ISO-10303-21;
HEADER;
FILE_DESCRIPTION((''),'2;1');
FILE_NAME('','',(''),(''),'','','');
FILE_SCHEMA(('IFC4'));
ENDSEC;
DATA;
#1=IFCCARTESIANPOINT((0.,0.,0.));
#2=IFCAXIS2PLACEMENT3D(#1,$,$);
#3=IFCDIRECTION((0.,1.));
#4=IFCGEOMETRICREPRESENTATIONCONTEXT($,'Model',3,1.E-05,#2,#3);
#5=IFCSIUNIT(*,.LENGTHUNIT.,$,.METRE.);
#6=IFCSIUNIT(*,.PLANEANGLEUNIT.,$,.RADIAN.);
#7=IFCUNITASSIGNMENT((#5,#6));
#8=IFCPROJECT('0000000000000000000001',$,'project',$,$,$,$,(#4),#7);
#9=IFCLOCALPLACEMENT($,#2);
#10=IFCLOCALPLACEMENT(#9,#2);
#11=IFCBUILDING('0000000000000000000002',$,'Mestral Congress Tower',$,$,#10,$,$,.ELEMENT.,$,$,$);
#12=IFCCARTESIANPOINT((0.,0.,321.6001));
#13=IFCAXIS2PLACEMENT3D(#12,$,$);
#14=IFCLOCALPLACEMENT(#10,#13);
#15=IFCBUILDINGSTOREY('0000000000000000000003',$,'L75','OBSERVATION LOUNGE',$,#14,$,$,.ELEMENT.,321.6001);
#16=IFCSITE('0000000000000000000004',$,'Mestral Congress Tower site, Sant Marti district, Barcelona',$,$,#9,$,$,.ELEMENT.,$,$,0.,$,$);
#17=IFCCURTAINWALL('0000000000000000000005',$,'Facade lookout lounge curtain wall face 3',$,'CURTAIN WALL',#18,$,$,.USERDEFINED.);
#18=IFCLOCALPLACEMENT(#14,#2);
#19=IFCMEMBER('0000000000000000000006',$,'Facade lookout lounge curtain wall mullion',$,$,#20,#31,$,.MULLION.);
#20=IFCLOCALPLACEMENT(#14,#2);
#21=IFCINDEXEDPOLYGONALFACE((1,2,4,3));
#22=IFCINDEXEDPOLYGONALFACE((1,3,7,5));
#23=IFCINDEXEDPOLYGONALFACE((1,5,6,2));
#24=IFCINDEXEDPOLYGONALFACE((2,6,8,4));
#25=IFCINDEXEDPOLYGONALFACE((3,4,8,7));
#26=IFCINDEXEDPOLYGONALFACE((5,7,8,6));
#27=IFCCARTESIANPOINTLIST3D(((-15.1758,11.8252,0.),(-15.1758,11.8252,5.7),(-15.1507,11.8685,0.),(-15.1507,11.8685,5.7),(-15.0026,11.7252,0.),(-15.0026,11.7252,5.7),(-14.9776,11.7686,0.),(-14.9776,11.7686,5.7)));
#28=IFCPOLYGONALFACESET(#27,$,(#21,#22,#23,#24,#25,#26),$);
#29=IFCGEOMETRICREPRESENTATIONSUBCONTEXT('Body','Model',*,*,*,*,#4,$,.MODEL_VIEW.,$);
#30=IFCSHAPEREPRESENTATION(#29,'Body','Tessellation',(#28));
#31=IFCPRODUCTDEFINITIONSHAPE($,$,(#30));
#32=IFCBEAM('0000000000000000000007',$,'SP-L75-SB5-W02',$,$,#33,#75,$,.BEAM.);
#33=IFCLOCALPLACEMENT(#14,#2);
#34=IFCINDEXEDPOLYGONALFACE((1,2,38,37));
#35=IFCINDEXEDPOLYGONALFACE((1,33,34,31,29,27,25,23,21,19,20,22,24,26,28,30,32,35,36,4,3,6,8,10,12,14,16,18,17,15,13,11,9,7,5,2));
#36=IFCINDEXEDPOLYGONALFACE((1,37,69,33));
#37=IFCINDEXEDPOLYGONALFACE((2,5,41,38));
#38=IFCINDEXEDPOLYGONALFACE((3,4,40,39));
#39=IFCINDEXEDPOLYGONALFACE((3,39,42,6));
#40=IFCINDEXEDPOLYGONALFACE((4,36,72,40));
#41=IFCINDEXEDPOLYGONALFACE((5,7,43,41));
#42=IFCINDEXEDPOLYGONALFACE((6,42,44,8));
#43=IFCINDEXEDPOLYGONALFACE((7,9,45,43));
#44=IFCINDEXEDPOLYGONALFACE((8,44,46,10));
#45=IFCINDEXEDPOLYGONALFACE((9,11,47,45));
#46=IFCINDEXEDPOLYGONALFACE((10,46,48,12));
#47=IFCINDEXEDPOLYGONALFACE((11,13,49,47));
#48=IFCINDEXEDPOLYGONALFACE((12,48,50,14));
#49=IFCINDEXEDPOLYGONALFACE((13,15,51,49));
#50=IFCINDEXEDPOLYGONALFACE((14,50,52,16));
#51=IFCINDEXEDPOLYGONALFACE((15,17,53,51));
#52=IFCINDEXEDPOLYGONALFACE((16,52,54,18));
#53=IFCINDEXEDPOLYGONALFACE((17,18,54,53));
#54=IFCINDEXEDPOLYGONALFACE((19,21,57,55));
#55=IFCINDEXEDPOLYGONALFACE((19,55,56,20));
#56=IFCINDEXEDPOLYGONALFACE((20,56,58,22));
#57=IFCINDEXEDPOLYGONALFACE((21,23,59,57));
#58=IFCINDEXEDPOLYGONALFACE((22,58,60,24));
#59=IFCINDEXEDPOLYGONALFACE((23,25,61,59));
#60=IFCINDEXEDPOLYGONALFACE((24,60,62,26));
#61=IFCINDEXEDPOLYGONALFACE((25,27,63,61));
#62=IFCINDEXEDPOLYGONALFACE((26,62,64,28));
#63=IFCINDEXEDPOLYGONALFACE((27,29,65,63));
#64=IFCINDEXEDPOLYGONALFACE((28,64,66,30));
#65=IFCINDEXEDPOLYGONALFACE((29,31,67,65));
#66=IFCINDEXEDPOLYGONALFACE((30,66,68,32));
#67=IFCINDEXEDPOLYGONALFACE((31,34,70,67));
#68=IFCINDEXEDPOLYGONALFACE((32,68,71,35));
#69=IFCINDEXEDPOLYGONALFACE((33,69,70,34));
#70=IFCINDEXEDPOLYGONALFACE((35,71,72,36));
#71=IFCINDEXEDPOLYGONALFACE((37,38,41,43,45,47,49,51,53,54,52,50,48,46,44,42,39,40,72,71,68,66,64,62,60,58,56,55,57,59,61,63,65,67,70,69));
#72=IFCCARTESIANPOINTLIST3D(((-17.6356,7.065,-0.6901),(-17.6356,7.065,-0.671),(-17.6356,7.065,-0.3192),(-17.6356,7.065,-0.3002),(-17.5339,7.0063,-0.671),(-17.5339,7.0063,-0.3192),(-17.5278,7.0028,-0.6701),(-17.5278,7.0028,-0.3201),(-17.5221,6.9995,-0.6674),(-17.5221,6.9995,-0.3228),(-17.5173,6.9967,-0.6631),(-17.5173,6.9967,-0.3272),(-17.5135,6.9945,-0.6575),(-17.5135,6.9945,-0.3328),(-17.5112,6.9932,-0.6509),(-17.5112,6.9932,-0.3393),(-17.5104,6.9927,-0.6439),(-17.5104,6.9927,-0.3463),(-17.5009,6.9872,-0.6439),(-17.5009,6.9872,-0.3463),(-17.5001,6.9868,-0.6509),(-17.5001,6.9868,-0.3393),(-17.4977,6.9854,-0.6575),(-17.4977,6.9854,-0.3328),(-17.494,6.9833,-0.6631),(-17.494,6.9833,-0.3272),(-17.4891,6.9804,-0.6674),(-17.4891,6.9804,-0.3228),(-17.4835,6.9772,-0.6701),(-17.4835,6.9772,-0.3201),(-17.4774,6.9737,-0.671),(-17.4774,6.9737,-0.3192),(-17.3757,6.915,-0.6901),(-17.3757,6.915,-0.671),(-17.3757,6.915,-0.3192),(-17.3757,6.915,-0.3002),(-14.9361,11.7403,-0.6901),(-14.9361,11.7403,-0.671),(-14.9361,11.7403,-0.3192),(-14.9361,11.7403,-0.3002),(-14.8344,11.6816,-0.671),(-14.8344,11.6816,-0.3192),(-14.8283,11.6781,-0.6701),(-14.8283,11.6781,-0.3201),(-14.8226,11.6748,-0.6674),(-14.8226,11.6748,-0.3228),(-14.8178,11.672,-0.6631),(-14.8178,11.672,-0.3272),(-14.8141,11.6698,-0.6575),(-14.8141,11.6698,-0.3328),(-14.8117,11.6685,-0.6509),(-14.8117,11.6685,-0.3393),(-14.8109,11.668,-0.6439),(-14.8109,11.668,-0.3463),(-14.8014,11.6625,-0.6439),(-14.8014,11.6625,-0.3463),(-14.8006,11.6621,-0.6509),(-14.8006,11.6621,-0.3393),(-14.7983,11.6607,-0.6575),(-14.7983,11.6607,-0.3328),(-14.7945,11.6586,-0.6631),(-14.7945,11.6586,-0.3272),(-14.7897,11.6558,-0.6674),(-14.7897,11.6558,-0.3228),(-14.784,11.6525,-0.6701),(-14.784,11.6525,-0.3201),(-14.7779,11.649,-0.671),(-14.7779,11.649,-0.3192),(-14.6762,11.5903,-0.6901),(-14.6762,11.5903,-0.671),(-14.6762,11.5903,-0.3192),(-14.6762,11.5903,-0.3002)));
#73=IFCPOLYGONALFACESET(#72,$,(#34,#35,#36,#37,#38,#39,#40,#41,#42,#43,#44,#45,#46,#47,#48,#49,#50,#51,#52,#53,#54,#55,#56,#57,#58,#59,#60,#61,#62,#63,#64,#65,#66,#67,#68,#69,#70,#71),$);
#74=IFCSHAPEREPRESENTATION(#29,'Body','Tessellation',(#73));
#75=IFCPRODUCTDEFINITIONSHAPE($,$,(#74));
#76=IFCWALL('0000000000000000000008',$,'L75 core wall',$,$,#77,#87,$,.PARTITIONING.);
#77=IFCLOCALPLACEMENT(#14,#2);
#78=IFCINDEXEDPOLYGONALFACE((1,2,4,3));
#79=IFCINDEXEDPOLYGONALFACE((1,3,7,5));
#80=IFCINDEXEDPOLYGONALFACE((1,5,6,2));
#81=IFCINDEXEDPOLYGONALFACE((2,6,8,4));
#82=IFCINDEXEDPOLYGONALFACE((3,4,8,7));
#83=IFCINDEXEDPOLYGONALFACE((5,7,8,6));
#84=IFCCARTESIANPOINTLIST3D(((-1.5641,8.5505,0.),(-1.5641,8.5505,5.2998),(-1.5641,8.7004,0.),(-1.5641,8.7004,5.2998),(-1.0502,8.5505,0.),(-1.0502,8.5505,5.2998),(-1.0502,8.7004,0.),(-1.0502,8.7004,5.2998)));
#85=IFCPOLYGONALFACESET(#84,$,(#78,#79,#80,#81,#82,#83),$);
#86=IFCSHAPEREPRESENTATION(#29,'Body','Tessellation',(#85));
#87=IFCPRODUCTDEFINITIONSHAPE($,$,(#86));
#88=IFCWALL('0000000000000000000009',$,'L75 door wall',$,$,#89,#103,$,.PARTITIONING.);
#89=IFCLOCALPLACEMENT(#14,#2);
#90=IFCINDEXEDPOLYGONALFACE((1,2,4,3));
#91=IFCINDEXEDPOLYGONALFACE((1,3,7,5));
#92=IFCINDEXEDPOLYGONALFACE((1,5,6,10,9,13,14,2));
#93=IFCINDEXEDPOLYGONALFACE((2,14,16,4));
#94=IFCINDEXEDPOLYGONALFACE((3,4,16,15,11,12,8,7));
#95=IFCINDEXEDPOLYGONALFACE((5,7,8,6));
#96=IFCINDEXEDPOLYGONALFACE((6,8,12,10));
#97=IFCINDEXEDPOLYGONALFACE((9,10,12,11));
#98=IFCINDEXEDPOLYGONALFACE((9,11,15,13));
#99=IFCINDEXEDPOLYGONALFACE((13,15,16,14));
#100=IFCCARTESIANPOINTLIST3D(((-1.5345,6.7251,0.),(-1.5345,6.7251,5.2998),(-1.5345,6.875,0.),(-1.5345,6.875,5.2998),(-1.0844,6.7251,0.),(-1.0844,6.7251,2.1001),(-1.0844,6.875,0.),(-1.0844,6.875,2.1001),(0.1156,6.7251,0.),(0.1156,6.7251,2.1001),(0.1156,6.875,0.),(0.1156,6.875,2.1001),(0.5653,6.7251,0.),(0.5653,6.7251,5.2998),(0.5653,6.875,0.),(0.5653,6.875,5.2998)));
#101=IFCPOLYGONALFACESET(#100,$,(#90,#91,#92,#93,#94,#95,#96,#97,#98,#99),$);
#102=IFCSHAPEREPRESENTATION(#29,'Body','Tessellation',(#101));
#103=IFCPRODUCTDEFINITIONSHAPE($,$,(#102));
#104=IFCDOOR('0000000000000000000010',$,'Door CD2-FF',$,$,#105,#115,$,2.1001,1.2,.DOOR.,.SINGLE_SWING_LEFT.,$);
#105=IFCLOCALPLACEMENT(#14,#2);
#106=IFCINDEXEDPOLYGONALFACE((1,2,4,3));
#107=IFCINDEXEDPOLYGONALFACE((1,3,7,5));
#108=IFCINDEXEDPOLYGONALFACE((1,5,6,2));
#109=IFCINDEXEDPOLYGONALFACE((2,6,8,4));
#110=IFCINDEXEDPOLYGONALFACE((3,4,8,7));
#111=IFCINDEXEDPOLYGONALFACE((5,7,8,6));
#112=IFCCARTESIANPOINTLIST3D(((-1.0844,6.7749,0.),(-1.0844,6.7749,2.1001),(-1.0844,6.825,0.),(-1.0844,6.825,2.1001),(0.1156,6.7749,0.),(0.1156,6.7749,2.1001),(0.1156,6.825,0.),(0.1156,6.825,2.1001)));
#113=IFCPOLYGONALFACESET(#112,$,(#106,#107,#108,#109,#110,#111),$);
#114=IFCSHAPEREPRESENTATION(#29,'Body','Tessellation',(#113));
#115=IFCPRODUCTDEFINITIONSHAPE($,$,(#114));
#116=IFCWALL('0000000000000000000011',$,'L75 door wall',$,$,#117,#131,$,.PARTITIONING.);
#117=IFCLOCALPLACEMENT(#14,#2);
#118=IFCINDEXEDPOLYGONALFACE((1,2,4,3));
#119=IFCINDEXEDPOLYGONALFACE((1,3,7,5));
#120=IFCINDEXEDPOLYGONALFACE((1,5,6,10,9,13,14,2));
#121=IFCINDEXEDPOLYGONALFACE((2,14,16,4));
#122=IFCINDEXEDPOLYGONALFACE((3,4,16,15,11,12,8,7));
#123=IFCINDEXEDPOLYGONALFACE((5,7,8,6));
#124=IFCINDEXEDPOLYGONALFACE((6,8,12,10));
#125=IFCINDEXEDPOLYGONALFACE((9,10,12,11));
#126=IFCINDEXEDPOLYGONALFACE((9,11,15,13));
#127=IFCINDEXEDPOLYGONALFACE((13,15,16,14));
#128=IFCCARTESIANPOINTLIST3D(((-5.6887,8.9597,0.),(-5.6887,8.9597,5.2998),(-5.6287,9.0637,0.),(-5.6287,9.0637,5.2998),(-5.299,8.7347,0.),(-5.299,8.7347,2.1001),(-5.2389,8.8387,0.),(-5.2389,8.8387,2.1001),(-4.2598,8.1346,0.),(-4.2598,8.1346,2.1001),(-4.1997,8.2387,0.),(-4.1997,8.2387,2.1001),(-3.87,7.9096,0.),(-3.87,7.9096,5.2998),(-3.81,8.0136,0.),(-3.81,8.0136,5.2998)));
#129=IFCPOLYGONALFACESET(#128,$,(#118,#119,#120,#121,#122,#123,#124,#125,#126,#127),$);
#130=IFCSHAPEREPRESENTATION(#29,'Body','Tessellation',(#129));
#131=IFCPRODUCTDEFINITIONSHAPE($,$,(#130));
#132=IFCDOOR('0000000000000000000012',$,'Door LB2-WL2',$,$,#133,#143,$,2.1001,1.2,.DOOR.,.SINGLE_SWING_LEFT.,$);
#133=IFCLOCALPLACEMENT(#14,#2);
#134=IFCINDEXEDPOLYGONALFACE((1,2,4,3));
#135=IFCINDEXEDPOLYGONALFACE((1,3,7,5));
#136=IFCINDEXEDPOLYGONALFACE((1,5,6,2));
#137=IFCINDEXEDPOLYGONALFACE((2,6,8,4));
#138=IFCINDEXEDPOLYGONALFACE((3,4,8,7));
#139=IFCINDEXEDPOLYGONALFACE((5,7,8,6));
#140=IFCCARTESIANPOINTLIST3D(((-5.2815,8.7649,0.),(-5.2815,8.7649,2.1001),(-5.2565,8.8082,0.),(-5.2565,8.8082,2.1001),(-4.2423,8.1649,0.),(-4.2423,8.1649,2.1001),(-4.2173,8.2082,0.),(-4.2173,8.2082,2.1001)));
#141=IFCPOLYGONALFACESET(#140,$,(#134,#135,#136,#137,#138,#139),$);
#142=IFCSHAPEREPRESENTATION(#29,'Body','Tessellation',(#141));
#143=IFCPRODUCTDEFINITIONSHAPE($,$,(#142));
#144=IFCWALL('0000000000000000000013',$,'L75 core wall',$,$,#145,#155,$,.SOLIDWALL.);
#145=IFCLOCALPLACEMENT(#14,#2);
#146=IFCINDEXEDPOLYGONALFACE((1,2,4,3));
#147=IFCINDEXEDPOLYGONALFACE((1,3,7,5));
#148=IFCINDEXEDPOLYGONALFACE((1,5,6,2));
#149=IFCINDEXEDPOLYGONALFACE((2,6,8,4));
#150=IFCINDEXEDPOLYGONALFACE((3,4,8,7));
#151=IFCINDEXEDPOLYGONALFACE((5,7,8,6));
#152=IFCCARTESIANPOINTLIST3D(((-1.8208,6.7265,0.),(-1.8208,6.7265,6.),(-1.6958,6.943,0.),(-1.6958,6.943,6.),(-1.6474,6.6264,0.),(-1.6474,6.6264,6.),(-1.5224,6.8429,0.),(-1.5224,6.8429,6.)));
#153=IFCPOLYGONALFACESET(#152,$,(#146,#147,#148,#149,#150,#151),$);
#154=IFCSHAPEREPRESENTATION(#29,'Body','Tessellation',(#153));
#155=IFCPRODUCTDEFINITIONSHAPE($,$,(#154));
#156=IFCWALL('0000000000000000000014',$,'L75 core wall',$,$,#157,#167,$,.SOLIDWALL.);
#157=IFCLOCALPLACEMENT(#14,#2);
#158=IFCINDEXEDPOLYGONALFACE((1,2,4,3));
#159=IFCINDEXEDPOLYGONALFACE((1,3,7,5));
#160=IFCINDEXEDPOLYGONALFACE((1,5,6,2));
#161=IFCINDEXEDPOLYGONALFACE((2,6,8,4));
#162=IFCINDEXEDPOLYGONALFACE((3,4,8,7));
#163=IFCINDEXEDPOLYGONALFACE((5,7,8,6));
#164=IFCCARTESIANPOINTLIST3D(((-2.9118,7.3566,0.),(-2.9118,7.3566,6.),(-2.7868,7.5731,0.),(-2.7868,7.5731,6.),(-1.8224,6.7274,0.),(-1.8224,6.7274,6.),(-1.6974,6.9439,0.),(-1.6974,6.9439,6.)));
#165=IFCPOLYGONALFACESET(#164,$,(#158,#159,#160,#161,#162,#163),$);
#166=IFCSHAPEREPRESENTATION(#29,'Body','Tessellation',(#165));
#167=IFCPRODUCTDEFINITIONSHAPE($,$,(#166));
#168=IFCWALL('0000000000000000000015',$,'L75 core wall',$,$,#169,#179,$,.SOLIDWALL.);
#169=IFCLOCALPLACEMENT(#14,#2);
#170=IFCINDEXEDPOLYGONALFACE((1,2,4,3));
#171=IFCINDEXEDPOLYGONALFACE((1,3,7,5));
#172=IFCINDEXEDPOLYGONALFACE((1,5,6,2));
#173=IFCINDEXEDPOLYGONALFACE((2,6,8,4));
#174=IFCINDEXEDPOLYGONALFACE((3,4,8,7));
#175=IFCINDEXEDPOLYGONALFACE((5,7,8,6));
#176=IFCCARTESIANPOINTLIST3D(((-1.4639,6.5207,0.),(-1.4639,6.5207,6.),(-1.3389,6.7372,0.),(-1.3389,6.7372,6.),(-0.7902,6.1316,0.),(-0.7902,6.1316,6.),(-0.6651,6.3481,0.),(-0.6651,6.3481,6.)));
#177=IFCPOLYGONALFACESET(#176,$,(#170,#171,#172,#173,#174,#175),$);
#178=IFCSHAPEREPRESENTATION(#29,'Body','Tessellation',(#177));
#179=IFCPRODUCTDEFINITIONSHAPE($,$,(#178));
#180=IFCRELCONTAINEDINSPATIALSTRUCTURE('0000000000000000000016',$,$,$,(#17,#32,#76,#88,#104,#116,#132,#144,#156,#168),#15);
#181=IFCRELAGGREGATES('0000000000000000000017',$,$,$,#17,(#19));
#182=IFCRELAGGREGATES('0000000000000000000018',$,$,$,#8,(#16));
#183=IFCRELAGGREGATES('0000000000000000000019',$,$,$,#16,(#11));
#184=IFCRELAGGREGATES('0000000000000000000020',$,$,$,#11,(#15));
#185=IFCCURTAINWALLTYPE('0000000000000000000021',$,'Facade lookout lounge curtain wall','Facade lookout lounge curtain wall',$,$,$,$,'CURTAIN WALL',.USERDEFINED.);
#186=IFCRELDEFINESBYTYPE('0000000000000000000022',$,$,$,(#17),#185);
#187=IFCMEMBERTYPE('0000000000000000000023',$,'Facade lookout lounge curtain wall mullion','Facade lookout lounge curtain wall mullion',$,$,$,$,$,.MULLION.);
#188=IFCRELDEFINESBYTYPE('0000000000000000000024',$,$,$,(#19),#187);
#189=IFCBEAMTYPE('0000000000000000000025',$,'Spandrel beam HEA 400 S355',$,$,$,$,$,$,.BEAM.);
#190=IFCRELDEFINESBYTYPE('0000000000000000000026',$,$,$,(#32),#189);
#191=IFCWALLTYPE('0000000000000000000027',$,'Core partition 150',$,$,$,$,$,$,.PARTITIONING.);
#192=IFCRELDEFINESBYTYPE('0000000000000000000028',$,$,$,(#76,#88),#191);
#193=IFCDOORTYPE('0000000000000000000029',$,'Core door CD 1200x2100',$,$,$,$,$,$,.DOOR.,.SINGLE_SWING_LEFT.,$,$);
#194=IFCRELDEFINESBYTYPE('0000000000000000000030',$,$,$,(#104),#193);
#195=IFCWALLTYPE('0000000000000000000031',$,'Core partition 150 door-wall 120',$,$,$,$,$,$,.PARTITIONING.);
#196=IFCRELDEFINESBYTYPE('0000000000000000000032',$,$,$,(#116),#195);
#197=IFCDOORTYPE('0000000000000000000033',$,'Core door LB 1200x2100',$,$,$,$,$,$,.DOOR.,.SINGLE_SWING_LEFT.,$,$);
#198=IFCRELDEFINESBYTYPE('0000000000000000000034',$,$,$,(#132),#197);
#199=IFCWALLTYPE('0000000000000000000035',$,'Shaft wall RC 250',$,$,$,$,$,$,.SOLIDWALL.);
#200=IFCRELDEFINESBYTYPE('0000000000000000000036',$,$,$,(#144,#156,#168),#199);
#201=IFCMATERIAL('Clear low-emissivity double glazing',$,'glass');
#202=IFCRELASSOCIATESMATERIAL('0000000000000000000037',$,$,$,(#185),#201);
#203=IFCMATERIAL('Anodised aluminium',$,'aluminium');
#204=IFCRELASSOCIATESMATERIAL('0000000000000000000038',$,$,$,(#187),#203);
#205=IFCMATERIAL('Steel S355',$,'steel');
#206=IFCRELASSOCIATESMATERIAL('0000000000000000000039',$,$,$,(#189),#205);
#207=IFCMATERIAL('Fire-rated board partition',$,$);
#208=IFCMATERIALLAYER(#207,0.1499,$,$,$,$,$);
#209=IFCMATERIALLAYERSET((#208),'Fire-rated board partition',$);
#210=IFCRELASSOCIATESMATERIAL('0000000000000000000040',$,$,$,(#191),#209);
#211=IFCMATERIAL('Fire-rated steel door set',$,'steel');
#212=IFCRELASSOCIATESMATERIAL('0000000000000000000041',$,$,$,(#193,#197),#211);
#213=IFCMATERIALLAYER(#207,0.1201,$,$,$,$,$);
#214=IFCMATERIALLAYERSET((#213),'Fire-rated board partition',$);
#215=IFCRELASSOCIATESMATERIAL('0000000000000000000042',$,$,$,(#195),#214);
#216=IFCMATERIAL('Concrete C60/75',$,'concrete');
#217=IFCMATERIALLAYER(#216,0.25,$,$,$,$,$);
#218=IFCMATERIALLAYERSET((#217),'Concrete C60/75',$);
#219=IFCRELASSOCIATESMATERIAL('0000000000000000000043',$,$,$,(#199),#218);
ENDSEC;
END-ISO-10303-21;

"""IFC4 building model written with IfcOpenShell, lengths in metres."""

from ifc_helpers import new_model, si_unit, direction, frame, frame_2d, origin, origin_2d, place, context, subcontext, project, spatial, rectangle, i_section, extrude, material, layer, layer_set, material_profile, profile_set, type_object, element, fill, aggregate, save


model = new_model("IFC4")

# Units and contexts
model_context = context("Model", 3, precision=1e-05, world=origin(), true_north=direction((0.0, 1.0)))
body_context = subcontext(model_context, "Body", "Model", "MODEL_VIEW")
ifc_project = project(units=[si_unit("LENGTHUNIT", "METRE"), si_unit("PLANEANGLEUNIT", "RADIAN")], contexts=[model_context])

# Site, building, storey
site_placement = place(None, origin())
site = spatial("IfcSite", under=ifc_project, at=site_placement, Name="Mestral Congress Tower site, Sant Marti district, Barcelona", CompositionType="ELEMENT", RefElevation=0.0)
building_placement = place(site_placement, origin())
building = spatial("IfcBuilding", under=site, at=building_placement, Name="Mestral Congress Tower", CompositionType="ELEMENT")
storey_placement = place(building_placement, frame((0.0, 0.0, 321.6001)))
storey = spatial("IfcBuildingStorey", under=building, at=storey_placement, Name="L75", Description="OBSERVATION LOUNGE", CompositionType="ELEMENT", Elevation=321.6001)

# Curtain wall, member
ifc_material_1 = material(Name="Clear low-emissivity double glazing", Category="glass")
curtain_wall_type = type_object("IfcCurtainWallType", Name="Facade lookout lounge curtain wall", Description="Facade lookout lounge curtain wall", ElementType="CURTAIN WALL", PredefinedType="USERDEFINED", material=ifc_material_1)
curtain_wall_placement = place(storey_placement, origin())
curtain_wall = element("IfcCurtainWall", 1, at=curtain_wall_placement, inside=storey, type_object=curtain_wall_type, Name="Facade lookout lounge curtain wall face 3", ObjectType="CURTAIN WALL", PredefinedType="USERDEFINED")
ifc_material_2 = material(Name="Anodised aluminium", Category="aluminium")
ifc_material_profile_1 = material_profile(ifc_material_2, rectangle(XDim=0.2, YDim=0.05, at=origin_2d()), Name="CW2 mullion 200 x 50")
ifc_profile_set_1 = profile_set([ifc_material_profile_1], Name="Anodised aluminium")
member_type = type_object("IfcMemberType", Name="Facade lookout lounge curtain wall mullion", Description="Facade lookout lounge curtain wall mullion", PredefinedType="MULLION", material=ifc_profile_set_1)
member_placement = place(storey_placement, frame((-15.0767, 11.7969, 0.0), z_axis=(0.0, 0.0, 1.0), x_axis=(-0.866022, 0.500006, 0.0)))
member = element("IfcMember", 2, at=member_placement, type_object=member_type, Name="Facade lookout lounge curtain wall mullion", PredefinedType="MULLION", context=body_context, shape_type="SweptSolid", body=[
    extrude(rectangle(XDim=0.2, YDim=0.05, at=origin_2d()), origin(), (0.0, 0.0, 1.0), 5.7),
])
aggregate(curtain_wall, [member])

# Beam
ifc_material_3 = material(Name="Steel S355", Category="steel")
ifc_material_profile_2 = material_profile(ifc_material_3, i_section(OverallWidth=0.3, OverallDepth=0.3899, WebThickness=0.011, FlangeThickness=0.019, FilletRadius=0.0271, at=origin_2d()), Name="HEA 400")
ifc_profile_set_2 = profile_set([ifc_material_profile_2], Name="Steel S355")
beam_type = type_object("IfcBeamType", Name="Spandrel beam HEA 400 S355", PredefinedType="BEAM", material=ifc_profile_set_2)
beam_placement = place(storey_placement, frame((-14.8062, 11.6653, -0.4951), z_axis=(-0.500025, -0.866011, 0.0), x_axis=(0.866011, -0.500025, 0.0)))
element("IfcBeam", 3, at=beam_placement, inside=storey, type_object=beam_type, Name="SP-L75-SB5-W02", PredefinedType="BEAM", context=body_context, shape_type="SweptSolid", body=[
    extrude(i_section(OverallWidth=0.3, OverallDepth=0.3899, WebThickness=0.011, FlangeThickness=0.019, FilletRadius=0.0271, at=origin_2d()), origin(), (0.0, 0.0, 1.0), 5.3987),
])

# Wall
ifc_material_4 = material(Name="Fire-rated board partition")
ifc_layer_1 = layer(ifc_material_4, 0.1499)
ifc_layer_set_1 = layer_set([ifc_layer_1], Name="Fire-rated board partition")
wall_type_1 = type_object("IfcWallType", Name="Core partition 150", PredefinedType="PARTITIONING", material=ifc_layer_set_1)
wall_1_placement = place(storey_placement, frame((-1.564, 8.6255, 0.0), z_axis=(0.0, 0.0, 1.0), x_axis=(1.0, 0.0, 0.0)))
element("IfcWall", 4, at=wall_1_placement, inside=storey, type_object=wall_type_1, Name="L75 core wall", PredefinedType="PARTITIONING", context=body_context, shape_type="SweptSolid", body=[
    extrude(rectangle(XDim=0.5139, YDim=0.1499, at=frame_2d((0.2568, 0.0))), origin(), (0.0, 0.0, 1.0), 5.2998),
])

# Walls, openings, doors
wall_2_placement = place(storey_placement, frame((-1.5344, 6.8, 0.0), z_axis=(0.0, 0.0, 1.0), x_axis=(1.0, 0.0, 0.0)))
wall_2 = element("IfcWall", 5, at=wall_2_placement, inside=storey, type_object=wall_type_1, Name="L75 door wall", PredefinedType="PARTITIONING", context=body_context, shape_type="SweptSolid", body=[
    extrude(rectangle(XDim=2.0999, YDim=0.1499, at=frame_2d((1.0498, 0.0))), origin(), (0.0, 0.0, 1.0), 5.2998),
])
opening_1_placement = place(wall_2_placement, frame((0.45, 0.0, 0.0)))
opening_1 = element("IfcOpeningElement", 6, at=opening_1_placement, cuts=wall_2, PredefinedType="OPENING", context=body_context, shape_type="SweptSolid", body=[
    extrude(rectangle(XDim=1.2, YDim=2.1001, at=frame_2d((0.6001, 1.05))), frame((0.0, 0.085, 0.0), z_axis=(0.0, -1.0, 0.0), x_axis=(1.0, 0.0, 0.0)), (0.0, 0.0, 1.0), 0.1699),
])
ifc_material_5 = material(Name="Fire-rated steel door set", Category="steel")
door_type_1 = type_object("IfcDoorType", Name="Core door CD 1200x2100", OperationType="SINGLE_SWING_LEFT", PredefinedType="DOOR", material=ifc_material_5)
door_1_placement = place(opening_1_placement, origin())
door_1 = element("IfcDoor", 7, at=door_1_placement, inside=storey, type_object=door_type_1, Name="Door CD2-FF", OperationType="SINGLE_SWING_LEFT", OverallHeight=2.1001, OverallWidth=1.2, PredefinedType="DOOR", context=body_context, shape_type="SweptSolid", body=[
    extrude(rectangle(XDim=1.2, YDim=2.1001, at=frame_2d((0.6001, 1.05))), frame((0.0, 0.0249, 0.0), z_axis=(0.0, -1.0, 0.0), x_axis=(1.0, 0.0, 0.0)), (0.0, 0.0, 1.0), 0.05),
])
fill(opening_1, door_1)
ifc_layer_2 = layer(ifc_material_4, 0.1201)
ifc_layer_set_2 = layer_set([ifc_layer_2], Name="Fire-rated board partition")
wall_type_2 = type_object("IfcWallType", Name="Core partition 150 door-wall 120", PredefinedType="PARTITIONING", material=ifc_layer_set_2)
wall_3_placement = place(storey_placement, frame((-5.6587, 9.0117, 0.0), z_axis=(0.0, 0.0, 1.0), x_axis=(0.866009, -0.500028, 0.0)))
wall_3 = element("IfcWall", 8, at=wall_3_placement, inside=storey, type_object=wall_type_2, Name="L75 door wall", PredefinedType="PARTITIONING", context=body_context, shape_type="SweptSolid", body=[
    extrude(rectangle(XDim=2.1001, YDim=0.1201, at=frame_2d((1.05, 0.0))), origin(), (0.0, 0.0, 1.0), 5.2998),
])
opening_2_placement = place(wall_3_placement, frame((0.45, 0.0, 0.0)))
opening_2 = element("IfcOpeningElement", 9, at=opening_2_placement, cuts=wall_3, PredefinedType="OPENING", context=body_context, shape_type="SweptSolid", body=[
    extrude(rectangle(XDim=1.2, YDim=2.1001, at=frame_2d((0.6001, 1.05))), frame((0.0, 0.0701, 0.0), z_axis=(0.0, -1.0, 0.0), x_axis=(1.0, 0.0, 0.0)), (0.0, 0.0, 1.0), 0.1401),
])
door_type_2 = type_object("IfcDoorType", Name="Core door LB 1200x2100", OperationType="SINGLE_SWING_LEFT", PredefinedType="DOOR", material=ifc_material_5)
door_2_placement = place(opening_2_placement, origin())
door_2 = element("IfcDoor", 10, at=door_2_placement, inside=storey, type_object=door_type_2, Name="Door LB2-WL2", OperationType="SINGLE_SWING_LEFT", OverallHeight=2.1001, OverallWidth=1.2, PredefinedType="DOOR", context=body_context, shape_type="SweptSolid", body=[
    extrude(rectangle(XDim=1.2, YDim=2.1001, at=frame_2d((0.6001, 1.05))), frame((0.0, 0.0249, 0.0), z_axis=(0.0, -1.0, 0.0), x_axis=(1.0, 0.0, 0.0)), (0.0, 0.0, 1.0), 0.05),
])
fill(opening_2, door_2)

# Walls
ifc_material_6 = material(Name="Concrete C60/75", Category="concrete")
ifc_layer_3 = layer(ifc_material_6, 0.25)
ifc_layer_set_3 = layer_set([ifc_layer_3], Name="Concrete C60/75")
wall_type_3 = type_object("IfcWallType", Name="Shaft wall RC 250", PredefinedType="SOLIDWALL", material=ifc_layer_set_3)
wall_4_placement = place(storey_placement, frame((-1.7583, 6.8347, 0.0), z_axis=(0.0, 0.0, 1.0), x_axis=(0.865982, -0.500074, 0.0)))
element("IfcWall", 11, at=wall_4_placement, inside=storey, type_object=wall_type_3, Name="L75 core wall", PredefinedType="SOLIDWALL", context=body_context, shape_type="SweptSolid", body=[
    extrude(rectangle(XDim=0.2002, YDim=0.25, at=frame_2d((0.1001, 0.0))), origin(), (0.0, 0.0, 1.0), 6.0),
])
wall_5_placement = place(storey_placement, frame((-1.76, 6.8357, 0.0), z_axis=(0.0, 0.0, 1.0), x_axis=(-0.865953, 0.500126, 0.0)))
element("IfcWall", 12, at=wall_5_placement, inside=storey, type_object=wall_type_3, Name="L75 core wall", PredefinedType="SOLIDWALL", context=body_context, shape_type="SweptSolid", body=[
    extrude(rectangle(XDim=1.2581, YDim=0.25, at=frame_2d((0.6289, 0.0))), origin(), (0.0, 0.0, 1.0), 6.0),
])
wall_6_placement = place(storey_placement, frame((-0.7275, 6.2397, 0.0), z_axis=(0.0, 0.0, 1.0), x_axis=(-0.865956, 0.500121, 0.0)))
element("IfcWall", 13, at=wall_6_placement, inside=storey, type_object=wall_type_3, Name="L75 core wall", PredefinedType="SOLIDWALL", context=body_context, shape_type="SweptSolid", body=[
    extrude(rectangle(XDim=0.7781, YDim=0.25, at=frame_2d((0.3892, 0.0))), origin(), (0.0, 0.0, 1.0), 6.0),
])

save(model, "model.ifc")
